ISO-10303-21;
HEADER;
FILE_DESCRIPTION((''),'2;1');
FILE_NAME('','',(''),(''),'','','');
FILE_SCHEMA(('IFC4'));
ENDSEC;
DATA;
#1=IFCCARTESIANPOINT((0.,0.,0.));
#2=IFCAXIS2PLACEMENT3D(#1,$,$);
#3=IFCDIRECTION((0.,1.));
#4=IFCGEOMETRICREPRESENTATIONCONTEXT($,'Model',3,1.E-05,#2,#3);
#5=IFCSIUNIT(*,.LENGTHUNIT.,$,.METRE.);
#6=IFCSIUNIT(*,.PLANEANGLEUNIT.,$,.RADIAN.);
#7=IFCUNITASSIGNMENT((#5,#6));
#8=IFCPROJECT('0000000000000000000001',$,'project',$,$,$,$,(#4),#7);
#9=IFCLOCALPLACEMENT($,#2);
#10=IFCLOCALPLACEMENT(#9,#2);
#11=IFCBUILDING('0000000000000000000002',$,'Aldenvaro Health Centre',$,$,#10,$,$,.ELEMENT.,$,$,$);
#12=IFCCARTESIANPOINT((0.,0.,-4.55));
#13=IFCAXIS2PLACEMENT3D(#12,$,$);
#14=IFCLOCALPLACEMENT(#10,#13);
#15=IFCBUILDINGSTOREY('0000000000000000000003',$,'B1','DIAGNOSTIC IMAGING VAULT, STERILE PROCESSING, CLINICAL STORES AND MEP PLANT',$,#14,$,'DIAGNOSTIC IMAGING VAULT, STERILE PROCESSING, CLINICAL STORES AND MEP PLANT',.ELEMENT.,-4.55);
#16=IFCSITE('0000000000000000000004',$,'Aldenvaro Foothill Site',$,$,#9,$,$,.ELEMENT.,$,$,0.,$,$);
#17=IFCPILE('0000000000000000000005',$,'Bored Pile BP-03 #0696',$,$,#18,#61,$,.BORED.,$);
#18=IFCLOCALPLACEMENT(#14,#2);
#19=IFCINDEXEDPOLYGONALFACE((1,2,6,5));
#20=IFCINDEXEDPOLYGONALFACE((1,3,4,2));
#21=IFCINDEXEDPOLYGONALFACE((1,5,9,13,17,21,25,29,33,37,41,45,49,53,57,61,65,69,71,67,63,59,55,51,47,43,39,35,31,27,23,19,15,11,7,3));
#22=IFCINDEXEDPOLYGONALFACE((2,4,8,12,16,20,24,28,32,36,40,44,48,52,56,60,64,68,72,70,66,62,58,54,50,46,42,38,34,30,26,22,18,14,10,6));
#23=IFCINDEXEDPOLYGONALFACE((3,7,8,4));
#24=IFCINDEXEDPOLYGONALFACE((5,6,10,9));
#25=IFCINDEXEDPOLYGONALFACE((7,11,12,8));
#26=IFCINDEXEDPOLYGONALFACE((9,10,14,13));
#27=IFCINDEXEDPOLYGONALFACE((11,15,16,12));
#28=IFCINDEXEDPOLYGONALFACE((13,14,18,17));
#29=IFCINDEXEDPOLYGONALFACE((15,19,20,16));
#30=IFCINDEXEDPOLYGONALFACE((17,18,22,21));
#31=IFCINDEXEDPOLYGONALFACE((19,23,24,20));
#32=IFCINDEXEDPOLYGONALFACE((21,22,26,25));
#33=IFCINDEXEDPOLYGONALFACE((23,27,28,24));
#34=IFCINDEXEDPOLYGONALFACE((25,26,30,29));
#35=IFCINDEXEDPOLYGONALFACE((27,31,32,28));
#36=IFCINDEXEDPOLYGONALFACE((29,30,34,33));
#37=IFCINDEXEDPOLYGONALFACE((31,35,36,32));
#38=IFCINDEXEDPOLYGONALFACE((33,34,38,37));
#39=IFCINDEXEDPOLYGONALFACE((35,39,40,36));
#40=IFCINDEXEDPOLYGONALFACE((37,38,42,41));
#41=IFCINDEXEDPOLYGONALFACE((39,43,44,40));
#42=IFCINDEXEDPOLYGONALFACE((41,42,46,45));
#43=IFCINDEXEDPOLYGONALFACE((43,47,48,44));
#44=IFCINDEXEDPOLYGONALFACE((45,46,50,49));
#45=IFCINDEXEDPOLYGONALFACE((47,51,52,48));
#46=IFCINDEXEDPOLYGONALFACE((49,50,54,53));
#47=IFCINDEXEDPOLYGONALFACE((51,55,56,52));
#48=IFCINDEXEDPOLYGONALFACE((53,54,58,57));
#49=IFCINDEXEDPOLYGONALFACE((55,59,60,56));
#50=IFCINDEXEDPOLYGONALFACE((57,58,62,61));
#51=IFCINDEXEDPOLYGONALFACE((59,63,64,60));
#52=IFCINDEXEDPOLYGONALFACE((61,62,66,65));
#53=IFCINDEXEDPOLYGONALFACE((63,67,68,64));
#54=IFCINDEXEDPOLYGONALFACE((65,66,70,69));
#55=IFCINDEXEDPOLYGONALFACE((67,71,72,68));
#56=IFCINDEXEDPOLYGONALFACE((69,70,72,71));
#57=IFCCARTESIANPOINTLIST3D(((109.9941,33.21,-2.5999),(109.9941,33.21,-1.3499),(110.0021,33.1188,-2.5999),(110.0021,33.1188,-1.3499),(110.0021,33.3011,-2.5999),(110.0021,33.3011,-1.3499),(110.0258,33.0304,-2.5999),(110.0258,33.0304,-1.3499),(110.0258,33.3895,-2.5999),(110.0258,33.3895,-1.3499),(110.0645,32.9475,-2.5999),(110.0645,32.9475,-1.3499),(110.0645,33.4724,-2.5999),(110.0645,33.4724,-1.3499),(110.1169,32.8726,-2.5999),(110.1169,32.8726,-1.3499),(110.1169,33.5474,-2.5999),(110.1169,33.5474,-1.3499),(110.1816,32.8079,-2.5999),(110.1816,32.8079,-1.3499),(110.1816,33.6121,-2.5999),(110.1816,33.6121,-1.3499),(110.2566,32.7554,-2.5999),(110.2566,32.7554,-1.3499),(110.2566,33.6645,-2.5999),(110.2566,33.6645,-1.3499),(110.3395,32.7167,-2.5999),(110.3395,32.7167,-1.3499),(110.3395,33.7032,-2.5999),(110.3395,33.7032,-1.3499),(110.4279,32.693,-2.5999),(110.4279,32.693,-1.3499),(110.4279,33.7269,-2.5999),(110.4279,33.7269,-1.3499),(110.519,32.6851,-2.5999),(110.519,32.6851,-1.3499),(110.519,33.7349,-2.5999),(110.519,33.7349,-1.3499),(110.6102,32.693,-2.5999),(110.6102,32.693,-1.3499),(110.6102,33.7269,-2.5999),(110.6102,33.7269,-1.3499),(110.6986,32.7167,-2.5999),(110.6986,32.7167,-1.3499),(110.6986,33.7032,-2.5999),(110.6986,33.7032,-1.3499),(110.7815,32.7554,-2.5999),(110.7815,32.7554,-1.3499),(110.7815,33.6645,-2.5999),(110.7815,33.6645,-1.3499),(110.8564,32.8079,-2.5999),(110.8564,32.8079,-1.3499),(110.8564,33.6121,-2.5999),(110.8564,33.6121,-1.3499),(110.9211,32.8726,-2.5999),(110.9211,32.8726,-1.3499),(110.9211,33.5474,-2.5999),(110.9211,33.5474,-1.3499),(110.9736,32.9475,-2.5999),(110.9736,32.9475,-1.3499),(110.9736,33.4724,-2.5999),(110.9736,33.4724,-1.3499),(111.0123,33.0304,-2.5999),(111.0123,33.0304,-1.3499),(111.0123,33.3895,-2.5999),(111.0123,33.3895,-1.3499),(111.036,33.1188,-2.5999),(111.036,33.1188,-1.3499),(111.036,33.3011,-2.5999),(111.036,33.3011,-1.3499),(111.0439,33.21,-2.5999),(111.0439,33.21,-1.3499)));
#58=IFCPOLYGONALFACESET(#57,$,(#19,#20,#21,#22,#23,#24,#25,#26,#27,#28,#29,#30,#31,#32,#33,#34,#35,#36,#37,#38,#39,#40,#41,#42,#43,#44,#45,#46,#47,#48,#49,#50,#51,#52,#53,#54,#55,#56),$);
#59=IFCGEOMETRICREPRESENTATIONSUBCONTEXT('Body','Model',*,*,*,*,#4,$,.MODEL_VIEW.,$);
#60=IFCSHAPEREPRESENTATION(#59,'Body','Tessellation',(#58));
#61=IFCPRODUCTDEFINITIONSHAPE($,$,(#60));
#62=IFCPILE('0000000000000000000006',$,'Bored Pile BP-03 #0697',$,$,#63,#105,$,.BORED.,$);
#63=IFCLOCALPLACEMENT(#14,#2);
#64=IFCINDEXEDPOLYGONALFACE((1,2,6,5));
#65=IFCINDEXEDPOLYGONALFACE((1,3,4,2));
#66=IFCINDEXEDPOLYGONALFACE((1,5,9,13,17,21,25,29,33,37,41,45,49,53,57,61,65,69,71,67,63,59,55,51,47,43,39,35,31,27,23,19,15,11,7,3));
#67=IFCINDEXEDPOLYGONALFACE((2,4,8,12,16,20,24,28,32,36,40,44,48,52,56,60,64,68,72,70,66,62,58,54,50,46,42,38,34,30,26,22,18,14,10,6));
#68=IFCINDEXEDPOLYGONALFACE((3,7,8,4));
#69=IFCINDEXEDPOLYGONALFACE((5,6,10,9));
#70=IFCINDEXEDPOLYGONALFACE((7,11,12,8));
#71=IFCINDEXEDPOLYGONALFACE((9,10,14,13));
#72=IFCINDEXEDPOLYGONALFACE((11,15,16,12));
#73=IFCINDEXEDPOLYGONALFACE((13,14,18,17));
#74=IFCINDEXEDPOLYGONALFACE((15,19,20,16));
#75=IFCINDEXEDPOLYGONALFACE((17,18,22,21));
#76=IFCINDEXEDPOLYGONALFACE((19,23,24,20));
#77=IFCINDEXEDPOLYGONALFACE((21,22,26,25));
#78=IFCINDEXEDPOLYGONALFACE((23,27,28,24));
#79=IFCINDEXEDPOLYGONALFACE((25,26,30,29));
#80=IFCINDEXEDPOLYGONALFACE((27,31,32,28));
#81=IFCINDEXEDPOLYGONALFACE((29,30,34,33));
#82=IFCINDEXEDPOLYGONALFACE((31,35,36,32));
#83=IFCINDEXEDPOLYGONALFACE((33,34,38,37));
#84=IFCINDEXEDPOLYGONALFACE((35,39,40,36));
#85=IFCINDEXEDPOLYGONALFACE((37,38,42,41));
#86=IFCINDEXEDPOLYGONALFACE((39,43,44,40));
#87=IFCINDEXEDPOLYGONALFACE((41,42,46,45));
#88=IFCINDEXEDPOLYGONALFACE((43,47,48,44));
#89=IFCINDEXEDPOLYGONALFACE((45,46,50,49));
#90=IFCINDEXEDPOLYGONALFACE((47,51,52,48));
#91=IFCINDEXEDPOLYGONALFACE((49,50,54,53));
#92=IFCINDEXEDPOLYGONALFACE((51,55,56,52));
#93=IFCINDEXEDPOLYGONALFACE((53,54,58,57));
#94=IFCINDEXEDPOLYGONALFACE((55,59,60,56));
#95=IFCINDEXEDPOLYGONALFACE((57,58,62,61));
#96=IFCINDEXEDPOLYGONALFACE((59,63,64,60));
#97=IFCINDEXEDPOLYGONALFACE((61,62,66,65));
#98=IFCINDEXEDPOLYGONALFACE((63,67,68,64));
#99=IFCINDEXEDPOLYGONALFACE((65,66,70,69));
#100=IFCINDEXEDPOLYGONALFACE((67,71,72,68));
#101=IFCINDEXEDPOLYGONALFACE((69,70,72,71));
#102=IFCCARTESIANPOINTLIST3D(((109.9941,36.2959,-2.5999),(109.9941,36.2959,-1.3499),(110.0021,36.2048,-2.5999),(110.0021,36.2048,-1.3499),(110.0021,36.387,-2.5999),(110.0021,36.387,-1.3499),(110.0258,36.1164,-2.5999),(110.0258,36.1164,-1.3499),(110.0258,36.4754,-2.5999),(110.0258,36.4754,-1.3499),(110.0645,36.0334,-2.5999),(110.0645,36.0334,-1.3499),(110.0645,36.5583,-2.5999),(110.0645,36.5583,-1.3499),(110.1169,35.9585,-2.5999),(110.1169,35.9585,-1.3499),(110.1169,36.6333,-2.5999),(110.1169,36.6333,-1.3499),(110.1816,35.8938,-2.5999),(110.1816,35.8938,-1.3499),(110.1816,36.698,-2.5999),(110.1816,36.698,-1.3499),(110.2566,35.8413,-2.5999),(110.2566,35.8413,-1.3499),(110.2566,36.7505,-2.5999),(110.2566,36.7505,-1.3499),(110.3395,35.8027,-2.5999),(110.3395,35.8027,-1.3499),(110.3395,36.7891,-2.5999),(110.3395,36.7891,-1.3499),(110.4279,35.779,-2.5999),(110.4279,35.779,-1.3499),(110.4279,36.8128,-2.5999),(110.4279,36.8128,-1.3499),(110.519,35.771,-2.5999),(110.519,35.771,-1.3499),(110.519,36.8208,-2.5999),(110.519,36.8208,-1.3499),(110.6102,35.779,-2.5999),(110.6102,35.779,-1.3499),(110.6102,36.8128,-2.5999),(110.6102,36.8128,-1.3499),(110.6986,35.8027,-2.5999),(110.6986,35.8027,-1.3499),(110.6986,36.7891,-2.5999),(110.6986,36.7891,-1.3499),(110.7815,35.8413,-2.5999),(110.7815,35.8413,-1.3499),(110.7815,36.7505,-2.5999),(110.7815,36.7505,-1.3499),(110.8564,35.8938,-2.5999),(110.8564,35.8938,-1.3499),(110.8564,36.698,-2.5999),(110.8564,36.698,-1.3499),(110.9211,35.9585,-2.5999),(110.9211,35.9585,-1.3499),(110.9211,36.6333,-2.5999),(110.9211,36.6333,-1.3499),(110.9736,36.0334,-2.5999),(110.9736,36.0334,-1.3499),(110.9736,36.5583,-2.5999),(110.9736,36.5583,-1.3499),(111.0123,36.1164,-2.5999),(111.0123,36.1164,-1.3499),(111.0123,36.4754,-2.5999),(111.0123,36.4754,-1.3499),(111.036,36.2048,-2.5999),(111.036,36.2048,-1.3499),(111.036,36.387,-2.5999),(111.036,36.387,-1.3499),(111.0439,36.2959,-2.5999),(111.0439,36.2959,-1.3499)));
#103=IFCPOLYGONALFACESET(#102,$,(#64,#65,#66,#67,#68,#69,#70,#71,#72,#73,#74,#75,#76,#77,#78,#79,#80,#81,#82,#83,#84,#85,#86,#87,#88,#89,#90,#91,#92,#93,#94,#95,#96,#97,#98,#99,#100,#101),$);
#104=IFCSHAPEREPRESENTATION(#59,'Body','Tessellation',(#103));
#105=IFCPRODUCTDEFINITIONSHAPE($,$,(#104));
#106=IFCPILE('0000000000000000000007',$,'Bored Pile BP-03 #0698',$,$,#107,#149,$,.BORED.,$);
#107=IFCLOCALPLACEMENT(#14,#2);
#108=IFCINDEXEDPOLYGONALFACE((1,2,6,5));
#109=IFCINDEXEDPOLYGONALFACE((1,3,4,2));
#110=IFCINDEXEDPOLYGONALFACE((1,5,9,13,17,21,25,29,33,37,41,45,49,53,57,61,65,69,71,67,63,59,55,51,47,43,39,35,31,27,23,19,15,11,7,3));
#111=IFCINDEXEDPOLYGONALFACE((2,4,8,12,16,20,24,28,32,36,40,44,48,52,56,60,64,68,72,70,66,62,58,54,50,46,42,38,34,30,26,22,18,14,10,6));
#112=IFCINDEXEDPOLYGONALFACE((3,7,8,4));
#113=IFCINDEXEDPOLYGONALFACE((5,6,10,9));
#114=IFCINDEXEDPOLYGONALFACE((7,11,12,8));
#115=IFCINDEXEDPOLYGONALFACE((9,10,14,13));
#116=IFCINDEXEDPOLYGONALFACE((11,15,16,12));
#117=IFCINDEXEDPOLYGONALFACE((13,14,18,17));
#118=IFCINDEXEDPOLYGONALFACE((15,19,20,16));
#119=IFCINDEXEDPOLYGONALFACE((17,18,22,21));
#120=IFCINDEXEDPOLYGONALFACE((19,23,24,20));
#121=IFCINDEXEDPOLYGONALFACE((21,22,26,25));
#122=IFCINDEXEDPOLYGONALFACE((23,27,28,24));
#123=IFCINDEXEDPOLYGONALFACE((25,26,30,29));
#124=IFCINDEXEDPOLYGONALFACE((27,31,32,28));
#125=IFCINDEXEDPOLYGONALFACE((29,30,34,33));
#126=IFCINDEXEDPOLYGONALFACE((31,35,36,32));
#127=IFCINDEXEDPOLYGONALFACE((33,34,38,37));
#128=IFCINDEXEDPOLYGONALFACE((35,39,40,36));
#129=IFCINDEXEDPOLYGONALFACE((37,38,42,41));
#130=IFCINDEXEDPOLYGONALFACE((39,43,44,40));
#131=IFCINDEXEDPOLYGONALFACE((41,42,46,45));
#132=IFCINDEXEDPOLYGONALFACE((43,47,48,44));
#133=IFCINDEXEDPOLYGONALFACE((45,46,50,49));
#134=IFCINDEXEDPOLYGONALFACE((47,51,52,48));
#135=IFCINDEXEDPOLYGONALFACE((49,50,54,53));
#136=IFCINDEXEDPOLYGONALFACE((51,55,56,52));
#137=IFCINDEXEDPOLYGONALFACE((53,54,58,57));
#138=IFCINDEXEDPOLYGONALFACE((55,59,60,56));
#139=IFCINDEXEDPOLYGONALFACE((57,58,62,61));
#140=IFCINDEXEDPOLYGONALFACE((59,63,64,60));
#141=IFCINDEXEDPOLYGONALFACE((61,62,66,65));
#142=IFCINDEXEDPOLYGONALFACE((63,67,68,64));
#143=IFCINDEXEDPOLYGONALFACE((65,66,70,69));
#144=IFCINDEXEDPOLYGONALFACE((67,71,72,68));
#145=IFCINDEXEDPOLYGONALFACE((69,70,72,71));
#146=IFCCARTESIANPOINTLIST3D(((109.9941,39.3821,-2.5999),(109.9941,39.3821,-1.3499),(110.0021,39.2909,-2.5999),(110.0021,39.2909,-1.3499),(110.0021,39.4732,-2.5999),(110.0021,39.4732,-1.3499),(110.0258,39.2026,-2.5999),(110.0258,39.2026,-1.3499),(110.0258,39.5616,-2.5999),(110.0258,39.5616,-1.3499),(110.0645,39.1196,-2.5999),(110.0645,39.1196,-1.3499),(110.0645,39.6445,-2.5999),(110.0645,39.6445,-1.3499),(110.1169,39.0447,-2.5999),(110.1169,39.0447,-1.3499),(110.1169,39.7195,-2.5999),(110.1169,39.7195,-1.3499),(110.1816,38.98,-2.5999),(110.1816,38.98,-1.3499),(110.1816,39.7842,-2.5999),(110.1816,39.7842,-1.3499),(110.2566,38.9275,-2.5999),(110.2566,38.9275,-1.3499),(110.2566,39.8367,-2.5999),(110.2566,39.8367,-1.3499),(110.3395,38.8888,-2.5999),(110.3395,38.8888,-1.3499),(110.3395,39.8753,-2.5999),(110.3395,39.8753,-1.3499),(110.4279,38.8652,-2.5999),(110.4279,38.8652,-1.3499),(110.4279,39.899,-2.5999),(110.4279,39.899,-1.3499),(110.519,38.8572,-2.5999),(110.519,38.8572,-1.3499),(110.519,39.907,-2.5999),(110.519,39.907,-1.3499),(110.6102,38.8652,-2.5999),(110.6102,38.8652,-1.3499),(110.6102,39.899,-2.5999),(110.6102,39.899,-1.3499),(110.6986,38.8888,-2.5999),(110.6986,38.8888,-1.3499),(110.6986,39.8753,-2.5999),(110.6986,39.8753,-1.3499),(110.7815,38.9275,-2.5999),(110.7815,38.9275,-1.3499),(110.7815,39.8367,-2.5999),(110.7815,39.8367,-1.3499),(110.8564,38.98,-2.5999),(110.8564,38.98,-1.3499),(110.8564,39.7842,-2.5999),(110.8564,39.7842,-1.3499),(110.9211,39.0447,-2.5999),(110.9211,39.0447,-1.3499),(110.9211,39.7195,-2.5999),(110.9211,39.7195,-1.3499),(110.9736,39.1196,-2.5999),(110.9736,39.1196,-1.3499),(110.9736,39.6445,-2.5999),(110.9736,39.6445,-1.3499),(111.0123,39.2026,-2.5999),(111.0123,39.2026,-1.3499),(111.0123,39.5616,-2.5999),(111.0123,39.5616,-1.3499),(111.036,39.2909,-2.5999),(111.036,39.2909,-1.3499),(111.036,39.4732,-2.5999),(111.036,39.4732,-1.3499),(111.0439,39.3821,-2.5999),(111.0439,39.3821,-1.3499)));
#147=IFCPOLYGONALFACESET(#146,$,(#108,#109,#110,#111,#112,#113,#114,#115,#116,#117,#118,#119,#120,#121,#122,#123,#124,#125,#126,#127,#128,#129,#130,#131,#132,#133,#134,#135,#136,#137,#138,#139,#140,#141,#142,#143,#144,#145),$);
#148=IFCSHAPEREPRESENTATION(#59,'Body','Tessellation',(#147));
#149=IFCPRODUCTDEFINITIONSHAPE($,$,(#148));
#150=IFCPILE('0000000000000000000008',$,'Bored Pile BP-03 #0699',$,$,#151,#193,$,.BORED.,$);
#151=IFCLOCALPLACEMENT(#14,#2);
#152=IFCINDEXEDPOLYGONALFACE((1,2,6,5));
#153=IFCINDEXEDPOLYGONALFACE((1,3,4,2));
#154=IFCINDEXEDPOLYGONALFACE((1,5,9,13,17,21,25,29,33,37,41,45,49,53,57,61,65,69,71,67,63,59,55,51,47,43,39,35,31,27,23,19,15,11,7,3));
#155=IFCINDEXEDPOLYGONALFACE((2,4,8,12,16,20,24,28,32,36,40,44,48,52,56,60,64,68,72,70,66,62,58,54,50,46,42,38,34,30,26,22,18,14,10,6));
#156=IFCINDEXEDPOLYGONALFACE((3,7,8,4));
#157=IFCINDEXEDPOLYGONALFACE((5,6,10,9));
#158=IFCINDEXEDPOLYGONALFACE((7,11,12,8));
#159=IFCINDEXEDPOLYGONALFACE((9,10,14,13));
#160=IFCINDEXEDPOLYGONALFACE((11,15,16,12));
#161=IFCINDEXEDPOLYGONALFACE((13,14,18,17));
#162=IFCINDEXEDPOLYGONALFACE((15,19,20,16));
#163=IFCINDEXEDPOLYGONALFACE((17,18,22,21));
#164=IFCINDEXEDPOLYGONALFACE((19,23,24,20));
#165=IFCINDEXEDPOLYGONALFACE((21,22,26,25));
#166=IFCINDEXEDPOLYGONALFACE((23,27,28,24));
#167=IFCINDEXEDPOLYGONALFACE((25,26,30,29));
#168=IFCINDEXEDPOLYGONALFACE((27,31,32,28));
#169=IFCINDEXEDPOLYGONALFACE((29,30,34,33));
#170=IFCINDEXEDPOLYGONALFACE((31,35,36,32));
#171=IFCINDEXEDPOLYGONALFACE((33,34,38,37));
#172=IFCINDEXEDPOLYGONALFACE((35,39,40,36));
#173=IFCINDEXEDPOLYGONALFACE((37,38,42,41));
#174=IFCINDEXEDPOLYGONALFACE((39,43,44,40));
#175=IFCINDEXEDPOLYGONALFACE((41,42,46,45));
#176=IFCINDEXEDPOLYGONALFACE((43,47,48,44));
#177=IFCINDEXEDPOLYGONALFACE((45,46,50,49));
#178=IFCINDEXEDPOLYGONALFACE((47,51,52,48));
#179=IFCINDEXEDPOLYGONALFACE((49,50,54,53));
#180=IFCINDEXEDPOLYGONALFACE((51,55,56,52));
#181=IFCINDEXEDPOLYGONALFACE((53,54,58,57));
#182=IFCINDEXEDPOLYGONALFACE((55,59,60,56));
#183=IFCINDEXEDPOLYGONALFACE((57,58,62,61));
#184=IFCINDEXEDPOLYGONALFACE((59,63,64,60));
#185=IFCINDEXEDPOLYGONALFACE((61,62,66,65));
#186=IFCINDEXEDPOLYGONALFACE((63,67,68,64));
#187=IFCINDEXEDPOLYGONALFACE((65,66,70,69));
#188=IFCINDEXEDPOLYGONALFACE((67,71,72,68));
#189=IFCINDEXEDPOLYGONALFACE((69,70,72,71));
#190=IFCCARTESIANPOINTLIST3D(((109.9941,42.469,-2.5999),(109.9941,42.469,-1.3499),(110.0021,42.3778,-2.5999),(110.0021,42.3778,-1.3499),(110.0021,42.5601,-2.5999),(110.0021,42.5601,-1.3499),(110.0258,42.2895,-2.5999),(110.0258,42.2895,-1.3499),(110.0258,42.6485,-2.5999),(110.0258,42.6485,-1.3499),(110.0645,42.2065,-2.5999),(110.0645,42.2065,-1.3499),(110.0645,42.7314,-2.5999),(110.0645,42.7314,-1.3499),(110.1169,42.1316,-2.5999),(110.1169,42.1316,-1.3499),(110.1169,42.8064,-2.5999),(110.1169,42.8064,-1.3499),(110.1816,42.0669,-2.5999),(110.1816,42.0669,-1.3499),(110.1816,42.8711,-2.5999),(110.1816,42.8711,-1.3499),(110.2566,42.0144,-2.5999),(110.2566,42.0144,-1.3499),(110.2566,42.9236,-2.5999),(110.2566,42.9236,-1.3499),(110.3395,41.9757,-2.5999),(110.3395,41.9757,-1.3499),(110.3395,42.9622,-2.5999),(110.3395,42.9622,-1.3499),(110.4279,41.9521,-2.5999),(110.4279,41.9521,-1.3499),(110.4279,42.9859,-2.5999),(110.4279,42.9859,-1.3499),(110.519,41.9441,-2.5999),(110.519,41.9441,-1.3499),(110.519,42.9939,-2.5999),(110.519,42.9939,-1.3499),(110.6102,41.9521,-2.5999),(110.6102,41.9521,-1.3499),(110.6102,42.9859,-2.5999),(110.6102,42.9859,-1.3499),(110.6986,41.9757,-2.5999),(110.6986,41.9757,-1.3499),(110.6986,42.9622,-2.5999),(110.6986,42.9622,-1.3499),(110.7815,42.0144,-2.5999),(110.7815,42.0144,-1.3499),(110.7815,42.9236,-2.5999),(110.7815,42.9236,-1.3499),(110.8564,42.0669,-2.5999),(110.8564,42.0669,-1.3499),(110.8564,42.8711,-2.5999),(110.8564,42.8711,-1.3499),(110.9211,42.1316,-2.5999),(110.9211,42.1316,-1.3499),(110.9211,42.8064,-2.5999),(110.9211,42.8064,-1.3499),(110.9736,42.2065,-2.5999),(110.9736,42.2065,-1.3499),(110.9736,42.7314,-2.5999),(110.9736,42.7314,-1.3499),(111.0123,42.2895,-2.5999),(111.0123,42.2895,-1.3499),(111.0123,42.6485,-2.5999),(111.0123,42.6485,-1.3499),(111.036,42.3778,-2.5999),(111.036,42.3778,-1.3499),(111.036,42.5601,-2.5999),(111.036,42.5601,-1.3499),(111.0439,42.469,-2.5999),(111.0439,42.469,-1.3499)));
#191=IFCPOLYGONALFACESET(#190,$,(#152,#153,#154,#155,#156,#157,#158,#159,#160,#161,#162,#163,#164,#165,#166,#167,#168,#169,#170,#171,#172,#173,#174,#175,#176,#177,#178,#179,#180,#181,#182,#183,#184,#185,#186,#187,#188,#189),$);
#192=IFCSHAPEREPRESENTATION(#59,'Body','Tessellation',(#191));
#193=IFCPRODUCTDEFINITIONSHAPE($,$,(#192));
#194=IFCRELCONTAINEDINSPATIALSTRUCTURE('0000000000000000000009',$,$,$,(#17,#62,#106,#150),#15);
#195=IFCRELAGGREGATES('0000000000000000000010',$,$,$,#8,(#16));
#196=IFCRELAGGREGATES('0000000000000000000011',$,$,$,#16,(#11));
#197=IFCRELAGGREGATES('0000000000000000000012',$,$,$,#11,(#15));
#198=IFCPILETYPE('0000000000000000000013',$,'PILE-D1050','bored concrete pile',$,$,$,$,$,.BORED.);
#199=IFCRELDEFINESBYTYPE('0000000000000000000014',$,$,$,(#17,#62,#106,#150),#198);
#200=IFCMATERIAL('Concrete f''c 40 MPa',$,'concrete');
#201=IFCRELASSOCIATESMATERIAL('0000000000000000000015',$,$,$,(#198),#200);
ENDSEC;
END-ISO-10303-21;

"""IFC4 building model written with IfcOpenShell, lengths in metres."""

from ifc_helpers import new_model, si_unit, direction, frame, origin, origin_2d, place, context, subcontext, project, spatial, circle, extrude, material, material_profile, profile_set, type_object, element, save


model = new_model("IFC4")

# Units and contexts
model_context = context("Model", 3, precision=1e-05, world=origin(), true_north=direction((0.0, 1.0)))
body_context = subcontext(model_context, "Body", "Model", "MODEL_VIEW")
ifc_project = project(units=[si_unit("LENGTHUNIT", "METRE"), si_unit("PLANEANGLEUNIT", "RADIAN")], contexts=[model_context])

# Site, building, storey
site_placement = place(None, origin())
site = spatial("IfcSite", under=ifc_project, at=site_placement, Name="Aldenvaro Foothill Site", CompositionType="ELEMENT", RefElevation=0.0)
building_placement = place(site_placement, origin())
building = spatial("IfcBuilding", under=site, at=building_placement, Name="Aldenvaro Health Centre", CompositionType="ELEMENT")
storey_placement = place(building_placement, frame((0.0, 0.0, -4.55)))
storey = spatial("IfcBuildingStorey", under=building, at=storey_placement, Name="B1", Description="DIAGNOSTIC IMAGING VAULT, STERILE PROCESSING, CLINICAL STORES AND MEP PLANT", LongName="DIAGNOSTIC IMAGING VAULT, STERILE PROCESSING, CLINICAL STORES AND MEP PLANT", CompositionType="ELEMENT", Elevation=-4.55)

# Piles
ifc_material = material(Name="Concrete f'c 40 MPa", Category="concrete")
ifc_material_profile = material_profile(ifc_material, circle(Radius=0.5249, at=origin_2d()), Name="PILE D1050", Category="concrete")
ifc_profile_set = profile_set([ifc_material_profile], Name="Concrete f'c 40 MPa")
pile_type = type_object("IfcPileType", Name="PILE-D1050", Description="bored concrete pile", PredefinedType="BORED", material=ifc_profile_set)
for number, where, z_axis, x_axis, name in (
    (1, (110.519, 33.21, -1.3499), (0.0, 0.0, -1.0), (1.0, 0.0, 0.0), "Bored Pile BP-03 #0696"),
    (2, (110.519, 36.2959, -1.3499), (0.0, 0.0, -1.0), (1.0, 0.0, 0.0), "Bored Pile BP-03 #0697"),
    (3, (110.519, 39.3821, -1.3499), (0.0, 0.0, -1.0), (1.0, 0.0, 0.0), "Bored Pile BP-03 #0698"),
    (4, (110.519, 42.469, -1.3499), (0.0, 0.0, -1.0), (1.0, 0.0, 0.0), "Bored Pile BP-03 #0699"),
):
    element("IfcPile", number, at=place(storey_placement, frame(where, z_axis=z_axis, x_axis=x_axis)), inside=storey, type_object=pile_type, Name=name, PredefinedType="BORED", context=body_context, shape_type="SweptSolid", body=[
        extrude(circle(Radius=0.5249, at=origin_2d()), origin(), (0.0, 0.0, 1.0), 1.25),
    ])

save(model, "model.ifc")
